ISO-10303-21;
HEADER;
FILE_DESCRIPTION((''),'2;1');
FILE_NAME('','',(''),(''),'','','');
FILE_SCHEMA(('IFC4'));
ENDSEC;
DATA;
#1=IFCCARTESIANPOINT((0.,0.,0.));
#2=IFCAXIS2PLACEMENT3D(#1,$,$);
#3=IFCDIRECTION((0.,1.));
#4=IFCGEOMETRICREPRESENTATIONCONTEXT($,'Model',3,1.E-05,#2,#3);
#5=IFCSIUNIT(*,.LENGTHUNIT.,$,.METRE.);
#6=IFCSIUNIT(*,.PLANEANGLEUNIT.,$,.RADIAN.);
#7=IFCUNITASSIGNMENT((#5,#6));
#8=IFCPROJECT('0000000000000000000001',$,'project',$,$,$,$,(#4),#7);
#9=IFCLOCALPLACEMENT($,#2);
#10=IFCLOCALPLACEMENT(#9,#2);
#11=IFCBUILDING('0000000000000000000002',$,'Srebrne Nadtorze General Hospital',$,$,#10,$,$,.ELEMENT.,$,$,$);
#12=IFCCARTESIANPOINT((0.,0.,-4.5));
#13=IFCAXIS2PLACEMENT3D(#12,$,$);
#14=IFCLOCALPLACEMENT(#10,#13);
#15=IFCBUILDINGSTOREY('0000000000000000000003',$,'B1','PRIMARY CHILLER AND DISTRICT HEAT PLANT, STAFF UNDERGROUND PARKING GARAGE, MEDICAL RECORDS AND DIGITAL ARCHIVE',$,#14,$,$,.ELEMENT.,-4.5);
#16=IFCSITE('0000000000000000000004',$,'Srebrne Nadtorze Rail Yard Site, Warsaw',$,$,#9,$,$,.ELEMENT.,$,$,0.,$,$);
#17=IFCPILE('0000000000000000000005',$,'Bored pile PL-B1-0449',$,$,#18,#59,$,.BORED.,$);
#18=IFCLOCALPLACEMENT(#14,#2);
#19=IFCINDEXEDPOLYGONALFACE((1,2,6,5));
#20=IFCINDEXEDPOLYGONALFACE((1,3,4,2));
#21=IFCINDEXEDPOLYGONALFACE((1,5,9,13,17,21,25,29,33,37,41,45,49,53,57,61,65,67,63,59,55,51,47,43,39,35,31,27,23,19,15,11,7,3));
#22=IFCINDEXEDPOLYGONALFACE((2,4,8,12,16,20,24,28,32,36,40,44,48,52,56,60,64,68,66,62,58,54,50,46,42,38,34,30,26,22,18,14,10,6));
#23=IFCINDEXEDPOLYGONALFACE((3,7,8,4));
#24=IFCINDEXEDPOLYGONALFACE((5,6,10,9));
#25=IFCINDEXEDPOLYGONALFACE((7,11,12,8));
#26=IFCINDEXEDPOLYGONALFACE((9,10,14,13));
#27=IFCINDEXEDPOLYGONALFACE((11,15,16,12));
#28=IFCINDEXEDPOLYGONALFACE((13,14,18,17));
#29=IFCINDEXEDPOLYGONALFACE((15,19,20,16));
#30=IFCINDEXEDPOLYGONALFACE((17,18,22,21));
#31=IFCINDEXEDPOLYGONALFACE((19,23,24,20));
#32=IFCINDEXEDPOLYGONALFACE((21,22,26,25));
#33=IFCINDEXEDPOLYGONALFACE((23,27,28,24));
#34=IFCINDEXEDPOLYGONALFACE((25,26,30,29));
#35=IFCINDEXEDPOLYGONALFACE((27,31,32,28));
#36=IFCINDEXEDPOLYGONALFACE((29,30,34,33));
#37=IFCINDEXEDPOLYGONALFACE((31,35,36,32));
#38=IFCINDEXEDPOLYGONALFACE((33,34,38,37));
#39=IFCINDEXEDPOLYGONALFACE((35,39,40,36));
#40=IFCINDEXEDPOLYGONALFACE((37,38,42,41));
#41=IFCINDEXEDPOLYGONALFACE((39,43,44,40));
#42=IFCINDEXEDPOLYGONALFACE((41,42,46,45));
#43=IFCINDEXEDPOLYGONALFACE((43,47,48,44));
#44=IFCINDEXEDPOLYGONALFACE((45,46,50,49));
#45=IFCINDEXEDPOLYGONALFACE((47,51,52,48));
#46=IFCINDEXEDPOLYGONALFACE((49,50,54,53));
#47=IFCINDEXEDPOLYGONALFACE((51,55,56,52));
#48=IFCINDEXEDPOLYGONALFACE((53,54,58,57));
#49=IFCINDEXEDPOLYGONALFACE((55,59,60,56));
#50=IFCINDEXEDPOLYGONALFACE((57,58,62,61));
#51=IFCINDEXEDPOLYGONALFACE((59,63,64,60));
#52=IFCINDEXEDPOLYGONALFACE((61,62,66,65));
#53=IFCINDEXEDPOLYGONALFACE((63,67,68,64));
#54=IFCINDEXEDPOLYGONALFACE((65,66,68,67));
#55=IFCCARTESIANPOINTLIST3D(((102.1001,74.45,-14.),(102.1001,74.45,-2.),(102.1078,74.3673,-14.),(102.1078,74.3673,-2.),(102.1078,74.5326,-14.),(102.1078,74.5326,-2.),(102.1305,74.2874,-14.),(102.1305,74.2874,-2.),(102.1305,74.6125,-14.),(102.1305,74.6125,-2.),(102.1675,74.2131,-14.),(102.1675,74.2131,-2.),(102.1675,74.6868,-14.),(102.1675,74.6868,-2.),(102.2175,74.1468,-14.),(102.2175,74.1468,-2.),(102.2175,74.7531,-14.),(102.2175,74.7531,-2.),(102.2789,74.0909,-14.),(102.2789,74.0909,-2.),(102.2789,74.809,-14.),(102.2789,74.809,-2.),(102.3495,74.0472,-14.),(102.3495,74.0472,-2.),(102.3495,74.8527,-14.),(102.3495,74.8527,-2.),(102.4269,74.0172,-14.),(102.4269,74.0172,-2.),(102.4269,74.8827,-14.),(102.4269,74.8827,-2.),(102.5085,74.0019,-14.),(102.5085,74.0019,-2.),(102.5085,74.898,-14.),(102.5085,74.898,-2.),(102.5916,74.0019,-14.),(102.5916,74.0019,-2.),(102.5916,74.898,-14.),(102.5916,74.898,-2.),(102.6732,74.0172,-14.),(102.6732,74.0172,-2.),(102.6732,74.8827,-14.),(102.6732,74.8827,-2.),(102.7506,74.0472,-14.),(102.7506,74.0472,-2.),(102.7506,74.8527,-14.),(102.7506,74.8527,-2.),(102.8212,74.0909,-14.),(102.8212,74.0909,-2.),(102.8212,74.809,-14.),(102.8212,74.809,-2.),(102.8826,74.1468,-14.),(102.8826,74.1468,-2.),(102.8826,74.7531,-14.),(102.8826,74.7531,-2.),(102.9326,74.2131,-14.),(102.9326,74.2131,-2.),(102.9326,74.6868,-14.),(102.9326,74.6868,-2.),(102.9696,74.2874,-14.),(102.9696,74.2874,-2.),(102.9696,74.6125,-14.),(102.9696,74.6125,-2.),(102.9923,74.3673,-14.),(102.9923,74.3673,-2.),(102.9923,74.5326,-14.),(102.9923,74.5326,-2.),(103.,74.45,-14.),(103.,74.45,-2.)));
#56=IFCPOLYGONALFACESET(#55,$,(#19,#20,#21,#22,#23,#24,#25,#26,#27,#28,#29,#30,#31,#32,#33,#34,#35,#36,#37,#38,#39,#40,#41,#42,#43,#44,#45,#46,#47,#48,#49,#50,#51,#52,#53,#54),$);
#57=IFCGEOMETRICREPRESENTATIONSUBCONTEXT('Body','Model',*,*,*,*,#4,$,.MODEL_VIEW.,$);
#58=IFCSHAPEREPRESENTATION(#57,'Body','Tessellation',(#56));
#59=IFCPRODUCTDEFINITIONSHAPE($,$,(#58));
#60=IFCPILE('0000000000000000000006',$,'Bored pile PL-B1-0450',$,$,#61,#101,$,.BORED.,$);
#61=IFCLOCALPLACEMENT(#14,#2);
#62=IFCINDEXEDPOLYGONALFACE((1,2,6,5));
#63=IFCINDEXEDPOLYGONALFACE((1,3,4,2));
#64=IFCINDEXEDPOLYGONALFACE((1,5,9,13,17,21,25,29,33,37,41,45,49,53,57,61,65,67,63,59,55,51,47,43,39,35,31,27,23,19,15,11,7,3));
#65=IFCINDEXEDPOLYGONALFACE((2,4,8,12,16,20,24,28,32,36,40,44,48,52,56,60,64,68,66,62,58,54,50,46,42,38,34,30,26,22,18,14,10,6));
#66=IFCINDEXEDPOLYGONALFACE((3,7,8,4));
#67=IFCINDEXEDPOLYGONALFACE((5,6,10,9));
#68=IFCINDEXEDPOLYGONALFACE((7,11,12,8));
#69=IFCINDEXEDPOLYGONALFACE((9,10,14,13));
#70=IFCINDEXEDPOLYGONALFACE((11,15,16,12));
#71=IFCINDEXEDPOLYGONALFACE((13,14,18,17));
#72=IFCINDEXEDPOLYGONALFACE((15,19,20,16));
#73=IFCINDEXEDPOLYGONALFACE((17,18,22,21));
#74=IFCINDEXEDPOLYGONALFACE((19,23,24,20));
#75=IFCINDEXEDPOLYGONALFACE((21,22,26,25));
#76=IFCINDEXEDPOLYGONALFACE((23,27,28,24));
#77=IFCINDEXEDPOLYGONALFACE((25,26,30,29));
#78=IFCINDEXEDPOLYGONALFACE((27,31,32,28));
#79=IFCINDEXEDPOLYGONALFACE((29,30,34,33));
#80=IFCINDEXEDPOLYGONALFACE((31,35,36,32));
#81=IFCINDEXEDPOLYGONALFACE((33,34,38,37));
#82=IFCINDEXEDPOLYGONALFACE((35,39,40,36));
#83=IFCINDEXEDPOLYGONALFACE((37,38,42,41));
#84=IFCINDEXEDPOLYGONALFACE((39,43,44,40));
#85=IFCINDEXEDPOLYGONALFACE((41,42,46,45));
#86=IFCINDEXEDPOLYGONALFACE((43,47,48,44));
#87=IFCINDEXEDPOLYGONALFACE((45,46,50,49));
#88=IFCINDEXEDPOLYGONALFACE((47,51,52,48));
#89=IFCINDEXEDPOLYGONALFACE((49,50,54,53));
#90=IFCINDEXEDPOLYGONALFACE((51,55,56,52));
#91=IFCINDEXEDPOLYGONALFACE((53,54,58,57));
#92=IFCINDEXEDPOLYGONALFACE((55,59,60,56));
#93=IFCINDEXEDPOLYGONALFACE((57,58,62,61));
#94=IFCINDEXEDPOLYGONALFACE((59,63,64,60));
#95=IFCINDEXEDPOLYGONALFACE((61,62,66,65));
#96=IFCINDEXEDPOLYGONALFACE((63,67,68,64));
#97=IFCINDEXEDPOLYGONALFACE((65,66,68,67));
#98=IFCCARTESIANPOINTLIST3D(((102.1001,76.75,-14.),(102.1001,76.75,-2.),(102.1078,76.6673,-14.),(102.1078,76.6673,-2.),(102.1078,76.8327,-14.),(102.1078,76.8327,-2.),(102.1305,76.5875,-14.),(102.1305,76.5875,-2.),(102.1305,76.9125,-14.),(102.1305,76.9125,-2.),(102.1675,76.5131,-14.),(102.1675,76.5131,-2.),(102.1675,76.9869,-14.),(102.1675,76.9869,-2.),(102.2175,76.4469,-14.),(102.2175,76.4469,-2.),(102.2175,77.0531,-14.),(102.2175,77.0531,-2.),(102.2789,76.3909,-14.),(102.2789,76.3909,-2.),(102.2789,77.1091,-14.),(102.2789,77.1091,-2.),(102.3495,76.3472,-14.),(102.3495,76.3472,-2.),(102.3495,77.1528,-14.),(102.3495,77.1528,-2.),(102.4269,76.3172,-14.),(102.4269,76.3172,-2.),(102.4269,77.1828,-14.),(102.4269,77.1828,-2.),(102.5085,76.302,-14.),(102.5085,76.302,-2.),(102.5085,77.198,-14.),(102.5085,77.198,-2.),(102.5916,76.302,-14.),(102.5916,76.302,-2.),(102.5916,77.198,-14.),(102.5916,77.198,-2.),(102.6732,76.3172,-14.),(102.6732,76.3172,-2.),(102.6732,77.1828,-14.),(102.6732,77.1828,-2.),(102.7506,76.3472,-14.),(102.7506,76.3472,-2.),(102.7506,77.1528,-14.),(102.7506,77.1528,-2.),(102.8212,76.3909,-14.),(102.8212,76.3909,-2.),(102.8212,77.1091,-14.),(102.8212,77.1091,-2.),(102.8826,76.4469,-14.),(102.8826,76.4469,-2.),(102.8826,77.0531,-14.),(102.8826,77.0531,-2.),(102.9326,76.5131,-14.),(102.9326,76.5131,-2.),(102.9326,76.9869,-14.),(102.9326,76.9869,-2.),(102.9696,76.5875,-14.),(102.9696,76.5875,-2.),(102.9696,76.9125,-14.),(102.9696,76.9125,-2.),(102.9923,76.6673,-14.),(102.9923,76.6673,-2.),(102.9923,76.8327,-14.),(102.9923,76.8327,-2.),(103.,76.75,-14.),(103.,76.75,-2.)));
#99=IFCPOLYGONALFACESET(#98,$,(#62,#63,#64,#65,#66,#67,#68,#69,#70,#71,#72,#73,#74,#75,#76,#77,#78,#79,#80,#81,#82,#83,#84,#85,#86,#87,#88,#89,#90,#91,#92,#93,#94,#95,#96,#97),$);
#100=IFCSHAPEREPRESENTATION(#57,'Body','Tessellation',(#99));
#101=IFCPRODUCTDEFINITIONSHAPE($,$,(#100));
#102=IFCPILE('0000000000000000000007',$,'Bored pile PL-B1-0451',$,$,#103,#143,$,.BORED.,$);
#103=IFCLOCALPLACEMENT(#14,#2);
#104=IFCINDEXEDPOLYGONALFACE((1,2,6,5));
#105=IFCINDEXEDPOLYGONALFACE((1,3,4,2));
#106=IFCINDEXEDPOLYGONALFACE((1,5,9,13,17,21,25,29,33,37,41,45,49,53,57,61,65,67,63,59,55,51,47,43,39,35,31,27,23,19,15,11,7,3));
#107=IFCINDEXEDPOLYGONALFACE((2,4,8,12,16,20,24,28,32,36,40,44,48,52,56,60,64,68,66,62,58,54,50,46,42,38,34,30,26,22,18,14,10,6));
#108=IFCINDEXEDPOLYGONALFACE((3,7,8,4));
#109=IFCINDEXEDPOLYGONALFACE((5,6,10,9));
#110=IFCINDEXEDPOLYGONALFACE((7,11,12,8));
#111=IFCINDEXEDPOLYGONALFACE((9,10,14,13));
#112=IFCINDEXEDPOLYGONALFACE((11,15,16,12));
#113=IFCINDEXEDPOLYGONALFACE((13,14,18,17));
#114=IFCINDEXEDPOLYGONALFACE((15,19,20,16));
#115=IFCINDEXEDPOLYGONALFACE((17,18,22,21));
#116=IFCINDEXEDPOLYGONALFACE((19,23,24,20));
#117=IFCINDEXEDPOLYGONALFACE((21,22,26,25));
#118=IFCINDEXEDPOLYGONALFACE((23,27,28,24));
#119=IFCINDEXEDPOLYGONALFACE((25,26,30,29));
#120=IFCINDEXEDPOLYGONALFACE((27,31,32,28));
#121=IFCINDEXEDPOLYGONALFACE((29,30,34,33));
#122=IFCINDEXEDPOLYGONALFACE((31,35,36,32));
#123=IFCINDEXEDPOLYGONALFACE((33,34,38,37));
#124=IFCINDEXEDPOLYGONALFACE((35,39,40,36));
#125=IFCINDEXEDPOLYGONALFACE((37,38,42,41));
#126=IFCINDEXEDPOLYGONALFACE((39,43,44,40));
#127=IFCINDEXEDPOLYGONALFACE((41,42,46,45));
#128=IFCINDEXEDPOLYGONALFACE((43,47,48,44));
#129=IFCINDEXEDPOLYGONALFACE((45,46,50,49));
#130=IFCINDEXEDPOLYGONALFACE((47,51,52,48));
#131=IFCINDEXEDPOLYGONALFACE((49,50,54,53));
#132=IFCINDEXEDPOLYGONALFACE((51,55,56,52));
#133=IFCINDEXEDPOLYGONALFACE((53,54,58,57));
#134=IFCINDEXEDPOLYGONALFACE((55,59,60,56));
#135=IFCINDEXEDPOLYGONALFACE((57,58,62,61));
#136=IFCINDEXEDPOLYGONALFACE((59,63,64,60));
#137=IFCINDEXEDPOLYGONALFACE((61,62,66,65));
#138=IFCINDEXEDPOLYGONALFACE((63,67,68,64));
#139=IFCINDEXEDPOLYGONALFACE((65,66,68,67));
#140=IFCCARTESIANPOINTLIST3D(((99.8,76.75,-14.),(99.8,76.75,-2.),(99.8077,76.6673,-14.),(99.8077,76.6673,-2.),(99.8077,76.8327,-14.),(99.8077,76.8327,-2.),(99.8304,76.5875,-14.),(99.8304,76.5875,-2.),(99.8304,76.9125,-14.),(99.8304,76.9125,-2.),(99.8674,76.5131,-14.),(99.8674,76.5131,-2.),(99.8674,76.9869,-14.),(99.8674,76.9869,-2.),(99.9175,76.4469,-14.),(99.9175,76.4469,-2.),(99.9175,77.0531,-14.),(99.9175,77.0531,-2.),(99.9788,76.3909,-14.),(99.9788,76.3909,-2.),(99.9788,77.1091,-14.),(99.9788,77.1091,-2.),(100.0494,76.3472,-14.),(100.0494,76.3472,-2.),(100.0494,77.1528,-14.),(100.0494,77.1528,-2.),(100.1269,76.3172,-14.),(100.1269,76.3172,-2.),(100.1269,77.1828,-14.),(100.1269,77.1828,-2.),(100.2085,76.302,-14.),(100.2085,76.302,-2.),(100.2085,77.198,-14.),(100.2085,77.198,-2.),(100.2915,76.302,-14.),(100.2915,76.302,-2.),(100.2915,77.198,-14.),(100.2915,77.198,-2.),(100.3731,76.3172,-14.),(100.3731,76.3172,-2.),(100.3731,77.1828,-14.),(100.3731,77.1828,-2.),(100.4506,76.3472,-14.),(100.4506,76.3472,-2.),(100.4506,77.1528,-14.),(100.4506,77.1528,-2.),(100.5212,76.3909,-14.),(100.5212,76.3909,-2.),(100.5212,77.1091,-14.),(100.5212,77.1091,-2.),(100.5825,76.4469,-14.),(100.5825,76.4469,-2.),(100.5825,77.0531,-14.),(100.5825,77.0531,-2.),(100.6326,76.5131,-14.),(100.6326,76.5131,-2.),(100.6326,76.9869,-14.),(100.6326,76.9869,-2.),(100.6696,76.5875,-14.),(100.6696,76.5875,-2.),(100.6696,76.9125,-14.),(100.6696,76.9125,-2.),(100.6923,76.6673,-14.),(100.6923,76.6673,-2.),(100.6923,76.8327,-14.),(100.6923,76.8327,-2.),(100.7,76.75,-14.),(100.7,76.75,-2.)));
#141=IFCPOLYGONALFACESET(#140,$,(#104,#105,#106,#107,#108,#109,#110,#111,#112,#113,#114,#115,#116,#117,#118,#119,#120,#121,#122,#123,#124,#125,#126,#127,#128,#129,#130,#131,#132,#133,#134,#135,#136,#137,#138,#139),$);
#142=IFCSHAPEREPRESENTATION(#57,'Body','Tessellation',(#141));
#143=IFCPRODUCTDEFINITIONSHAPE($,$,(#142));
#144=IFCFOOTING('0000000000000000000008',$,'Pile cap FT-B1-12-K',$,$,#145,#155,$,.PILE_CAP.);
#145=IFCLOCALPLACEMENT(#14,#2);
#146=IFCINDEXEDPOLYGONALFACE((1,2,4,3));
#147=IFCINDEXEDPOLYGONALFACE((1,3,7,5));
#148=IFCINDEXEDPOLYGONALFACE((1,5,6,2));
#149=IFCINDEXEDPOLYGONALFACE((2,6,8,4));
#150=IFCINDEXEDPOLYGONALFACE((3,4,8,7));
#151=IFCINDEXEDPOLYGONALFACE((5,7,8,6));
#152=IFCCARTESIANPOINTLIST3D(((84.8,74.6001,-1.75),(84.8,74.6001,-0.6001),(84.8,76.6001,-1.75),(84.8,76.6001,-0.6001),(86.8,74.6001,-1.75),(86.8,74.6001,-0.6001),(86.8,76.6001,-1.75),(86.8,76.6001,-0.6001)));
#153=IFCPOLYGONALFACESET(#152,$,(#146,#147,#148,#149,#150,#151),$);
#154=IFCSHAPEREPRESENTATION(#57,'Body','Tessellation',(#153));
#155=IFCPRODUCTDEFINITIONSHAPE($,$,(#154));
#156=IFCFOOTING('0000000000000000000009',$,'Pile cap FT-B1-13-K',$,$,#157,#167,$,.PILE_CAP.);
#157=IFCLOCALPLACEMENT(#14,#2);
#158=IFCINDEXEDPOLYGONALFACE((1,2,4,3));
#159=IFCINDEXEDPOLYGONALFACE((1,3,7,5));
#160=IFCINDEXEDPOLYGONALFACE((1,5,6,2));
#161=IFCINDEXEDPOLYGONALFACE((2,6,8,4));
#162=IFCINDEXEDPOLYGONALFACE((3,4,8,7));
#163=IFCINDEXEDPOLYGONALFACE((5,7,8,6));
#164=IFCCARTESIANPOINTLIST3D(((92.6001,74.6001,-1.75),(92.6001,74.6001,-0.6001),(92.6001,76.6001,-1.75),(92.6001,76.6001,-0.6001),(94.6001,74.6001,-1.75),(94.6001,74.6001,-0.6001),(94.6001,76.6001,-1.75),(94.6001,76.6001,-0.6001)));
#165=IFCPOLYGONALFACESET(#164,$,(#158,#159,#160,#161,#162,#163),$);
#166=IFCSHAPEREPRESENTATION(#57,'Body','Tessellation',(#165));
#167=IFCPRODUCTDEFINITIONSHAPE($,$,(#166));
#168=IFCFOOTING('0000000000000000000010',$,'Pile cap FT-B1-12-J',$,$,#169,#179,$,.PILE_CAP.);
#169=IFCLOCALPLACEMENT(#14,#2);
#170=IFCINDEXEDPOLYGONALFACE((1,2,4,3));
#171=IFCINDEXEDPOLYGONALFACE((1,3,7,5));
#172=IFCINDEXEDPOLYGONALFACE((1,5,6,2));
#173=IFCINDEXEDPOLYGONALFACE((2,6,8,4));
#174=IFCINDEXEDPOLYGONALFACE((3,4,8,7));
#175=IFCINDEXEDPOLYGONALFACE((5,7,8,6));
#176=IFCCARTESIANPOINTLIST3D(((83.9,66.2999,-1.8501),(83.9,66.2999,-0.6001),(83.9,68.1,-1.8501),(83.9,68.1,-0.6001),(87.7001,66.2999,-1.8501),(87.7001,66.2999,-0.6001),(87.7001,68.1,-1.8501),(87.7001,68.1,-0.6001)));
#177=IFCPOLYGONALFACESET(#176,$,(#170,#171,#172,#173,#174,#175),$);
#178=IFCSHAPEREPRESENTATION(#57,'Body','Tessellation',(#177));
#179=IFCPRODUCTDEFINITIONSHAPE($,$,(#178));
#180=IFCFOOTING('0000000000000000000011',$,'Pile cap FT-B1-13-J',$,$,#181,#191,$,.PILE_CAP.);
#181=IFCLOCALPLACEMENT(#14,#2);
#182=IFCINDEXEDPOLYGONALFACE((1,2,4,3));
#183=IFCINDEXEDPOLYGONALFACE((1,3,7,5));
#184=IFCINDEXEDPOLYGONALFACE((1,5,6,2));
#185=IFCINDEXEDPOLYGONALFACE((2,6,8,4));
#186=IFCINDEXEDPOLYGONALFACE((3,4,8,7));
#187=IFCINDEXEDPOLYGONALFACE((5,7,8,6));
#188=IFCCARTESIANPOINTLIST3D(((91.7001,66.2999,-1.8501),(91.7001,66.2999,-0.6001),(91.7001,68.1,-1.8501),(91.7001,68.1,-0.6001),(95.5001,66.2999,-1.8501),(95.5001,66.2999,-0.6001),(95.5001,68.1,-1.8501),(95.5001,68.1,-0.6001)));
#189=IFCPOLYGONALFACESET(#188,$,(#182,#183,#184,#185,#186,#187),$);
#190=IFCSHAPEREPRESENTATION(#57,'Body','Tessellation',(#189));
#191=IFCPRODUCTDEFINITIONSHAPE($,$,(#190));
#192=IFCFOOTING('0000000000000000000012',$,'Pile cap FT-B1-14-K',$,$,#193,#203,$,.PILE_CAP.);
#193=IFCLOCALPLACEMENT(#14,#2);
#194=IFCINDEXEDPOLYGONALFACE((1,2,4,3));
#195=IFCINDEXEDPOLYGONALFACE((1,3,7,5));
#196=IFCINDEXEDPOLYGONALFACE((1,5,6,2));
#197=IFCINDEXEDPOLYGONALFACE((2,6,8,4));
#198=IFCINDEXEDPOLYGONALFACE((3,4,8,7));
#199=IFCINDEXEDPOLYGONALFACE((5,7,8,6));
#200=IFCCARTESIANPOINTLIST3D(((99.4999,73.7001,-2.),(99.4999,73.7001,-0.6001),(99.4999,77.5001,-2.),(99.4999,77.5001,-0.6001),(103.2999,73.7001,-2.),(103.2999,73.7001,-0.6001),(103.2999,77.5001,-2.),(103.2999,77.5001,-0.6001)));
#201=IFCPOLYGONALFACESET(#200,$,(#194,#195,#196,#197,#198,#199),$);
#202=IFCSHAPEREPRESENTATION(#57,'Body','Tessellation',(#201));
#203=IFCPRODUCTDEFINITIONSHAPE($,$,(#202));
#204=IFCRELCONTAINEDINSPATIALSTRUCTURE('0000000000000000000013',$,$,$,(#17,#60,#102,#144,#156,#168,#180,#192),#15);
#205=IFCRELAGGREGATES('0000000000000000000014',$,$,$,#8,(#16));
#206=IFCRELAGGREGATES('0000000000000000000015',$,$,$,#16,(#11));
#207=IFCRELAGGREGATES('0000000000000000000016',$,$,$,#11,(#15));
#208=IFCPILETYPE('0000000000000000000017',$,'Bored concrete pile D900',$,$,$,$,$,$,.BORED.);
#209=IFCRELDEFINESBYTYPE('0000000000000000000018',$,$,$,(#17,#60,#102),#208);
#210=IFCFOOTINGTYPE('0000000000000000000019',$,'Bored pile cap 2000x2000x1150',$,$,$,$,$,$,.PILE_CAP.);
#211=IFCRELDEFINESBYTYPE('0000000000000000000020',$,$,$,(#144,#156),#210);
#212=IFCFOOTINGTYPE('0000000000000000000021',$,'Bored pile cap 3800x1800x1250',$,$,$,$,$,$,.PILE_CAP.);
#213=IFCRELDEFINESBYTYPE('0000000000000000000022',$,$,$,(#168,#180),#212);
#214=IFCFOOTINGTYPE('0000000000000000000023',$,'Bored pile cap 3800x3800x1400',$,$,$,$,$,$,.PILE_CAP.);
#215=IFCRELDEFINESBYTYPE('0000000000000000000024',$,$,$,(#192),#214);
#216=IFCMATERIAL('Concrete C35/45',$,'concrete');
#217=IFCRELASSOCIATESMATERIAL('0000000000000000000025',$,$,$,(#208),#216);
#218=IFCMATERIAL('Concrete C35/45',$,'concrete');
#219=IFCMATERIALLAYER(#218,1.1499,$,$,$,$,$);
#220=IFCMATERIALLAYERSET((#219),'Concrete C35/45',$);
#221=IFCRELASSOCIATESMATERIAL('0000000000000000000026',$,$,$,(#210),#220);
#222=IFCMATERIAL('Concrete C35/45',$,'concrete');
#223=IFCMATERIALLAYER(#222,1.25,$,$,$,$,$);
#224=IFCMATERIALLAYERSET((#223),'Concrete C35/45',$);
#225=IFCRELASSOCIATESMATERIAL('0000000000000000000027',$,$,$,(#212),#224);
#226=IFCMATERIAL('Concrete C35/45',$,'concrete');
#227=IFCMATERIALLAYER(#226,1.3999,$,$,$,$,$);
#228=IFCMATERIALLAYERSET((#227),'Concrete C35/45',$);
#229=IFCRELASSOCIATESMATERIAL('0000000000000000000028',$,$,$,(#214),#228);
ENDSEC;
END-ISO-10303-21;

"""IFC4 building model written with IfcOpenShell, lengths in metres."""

from ifc_helpers import new_model, si_unit, direction, frame, origin, origin_2d, place, context, subcontext, project, spatial, rectangle, circle, extrude, material, layer, layer_set, material_profile, profile_set, type_object, element, save


model = new_model("IFC4")

# Units and contexts
model_context = context("Model", 3, precision=1e-05, world=origin(), true_north=direction((0.0, 1.0)))
body_context = subcontext(model_context, "Body", "Model", "MODEL_VIEW")
ifc_project = project(units=[si_unit("LENGTHUNIT", "METRE"), si_unit("PLANEANGLEUNIT", "RADIAN")], contexts=[model_context])

# Site, building, storey
site_placement = place(None, origin())
site = spatial("IfcSite", under=ifc_project, at=site_placement, Name="Srebrne Nadtorze Rail Yard Site, Warsaw", CompositionType="ELEMENT", RefElevation=0.0)
building_placement = place(site_placement, origin())
building = spatial("IfcBuilding", under=site, at=building_placement, Name="Srebrne Nadtorze General Hospital", CompositionType="ELEMENT")
storey_placement = place(building_placement, frame((0.0, 0.0, -4.5)))
storey = spatial("IfcBuildingStorey", under=building, at=storey_placement, Name="B1", Description="PRIMARY CHILLER AND DISTRICT HEAT PLANT, STAFF UNDERGROUND PARKING GARAGE, MEDICAL RECORDS AND DIGITAL ARCHIVE", CompositionType="ELEMENT", Elevation=-4.5)

# Piles
ifc_material_1 = material(Name="Concrete C35/45", Category="concrete")
ifc_material_profile_1 = material_profile(ifc_material_1, circle(Radius=0.45, at=origin_2d()), Name="PILE-D900")
ifc_profile_set_1 = profile_set([ifc_material_profile_1], Name="Concrete C35/45")
pile_type_1 = type_object("IfcPileType", Name="Bored concrete pile D900", PredefinedType="BORED", material=ifc_profile_set_1)
for number, where, z_axis, x_axis, name in (
    (1, (102.55, 74.45, -2.0), (0.0, 0.0, -1.0), (1.0, 0.0, 0.0), "Bored pile PL-B1-0449"),
    (2, (102.55, 76.75, -2.0), (0.0, 0.0, -1.0), (1.0, 0.0, 0.0), "Bored pile PL-B1-0450"),
    (3, (100.25, 76.75, -2.0), (0.0, 0.0, -1.0), (1.0, 0.0, 0.0), "Bored pile PL-B1-0451"),
):
    element("IfcPile", number, at=place(storey_placement, frame(where, z_axis=z_axis, x_axis=x_axis)), inside=storey, type_object=pile_type_1, Name=name, PredefinedType="BORED", context=body_context, shape_type="SweptSolid", body=[
        extrude(circle(Radius=0.45, at=origin_2d()), origin(), (0.0, 0.0, 1.0), 12.0),
    ])

# Footings
ifc_material_2 = material(Name="Concrete C35/45", Category="concrete")
ifc_layer_1 = layer(ifc_material_2, 1.1499)
ifc_layer_set_1 = layer_set([ifc_layer_1], Name="Concrete C35/45")
footing_type_1 = type_object("IfcFootingType", Name="Bored pile cap 2000x2000x1150", PredefinedType="PILE_CAP", material=ifc_layer_set_1)
for number, where, z_axis, x_axis, name in (
    (4, (85.8, 75.6001, -1.75), (0.0, 0.0, 1.0), (1.0, 0.0, 0.0), "Pile cap FT-B1-12-K"),
    (5, (93.6001, 75.6001, -1.75), (0.0, 0.0, 1.0), (1.0, 0.0, 0.0), "Pile cap FT-B1-13-K"),
):
    element("IfcFooting", number, at=place(storey_placement, frame(where, z_axis=z_axis, x_axis=x_axis)), inside=storey, type_object=footing_type_1, Name=name, PredefinedType="PILE_CAP", context=body_context, shape_type="SweptSolid", body=[
        extrude(rectangle(XDim=2.0, YDim=2.0, at=origin_2d()), origin(), (0.0, 0.0, 1.0), 1.1499),
    ])
ifc_material_3 = material(Name="Concrete C35/45", Category="concrete")
ifc_layer_2 = layer(ifc_material_3, 1.25)
ifc_layer_set_2 = layer_set([ifc_layer_2], Name="Concrete C35/45")
footing_type_2 = type_object("IfcFootingType", Name="Bored pile cap 3800x1800x1250", PredefinedType="PILE_CAP", material=ifc_layer_set_2)
for number, where, z_axis, x_axis, name in (
    (6, (85.8, 67.2, -1.8501), (0.0, 0.0, 1.0), (1.0, 0.0, 0.0), "Pile cap FT-B1-12-J"),
    (7, (93.6001, 67.2, -1.8501), (0.0, 0.0, 1.0), (1.0, 0.0, 0.0), "Pile cap FT-B1-13-J"),
):
    element("IfcFooting", number, at=place(storey_placement, frame(where, z_axis=z_axis, x_axis=x_axis)), inside=storey, type_object=footing_type_2, Name=name, PredefinedType="PILE_CAP", context=body_context, shape_type="SweptSolid", body=[
        extrude(rectangle(XDim=3.8, YDim=1.8, at=origin_2d()), origin(), (0.0, 0.0, 1.0), 1.25),
    ])
ifc_material_4 = material(Name="Concrete C35/45", Category="concrete")
ifc_layer_3 = layer(ifc_material_4, 1.3999)
ifc_layer_set_3 = layer_set([ifc_layer_3], Name="Concrete C35/45")
footing_type_3 = type_object("IfcFootingType", Name="Bored pile cap 3800x3800x1400", PredefinedType="PILE_CAP", material=ifc_layer_set_3)
footing_1_placement = place(storey_placement, frame((101.3999, 75.6001, -2.0), z_axis=(0.0, 0.0, 1.0), x_axis=(1.0, 0.0, 0.0)))
element("IfcFooting", 8, at=footing_1_placement, inside=storey, type_object=footing_type_3, Name="Pile cap FT-B1-14-K", PredefinedType="PILE_CAP", context=body_context, shape_type="SweptSolid", body=[
    extrude(rectangle(XDim=3.8, YDim=3.8, at=origin_2d()), origin(), (0.0, 0.0, 1.0), 1.3999),
])

save(model, "model.ifc")
